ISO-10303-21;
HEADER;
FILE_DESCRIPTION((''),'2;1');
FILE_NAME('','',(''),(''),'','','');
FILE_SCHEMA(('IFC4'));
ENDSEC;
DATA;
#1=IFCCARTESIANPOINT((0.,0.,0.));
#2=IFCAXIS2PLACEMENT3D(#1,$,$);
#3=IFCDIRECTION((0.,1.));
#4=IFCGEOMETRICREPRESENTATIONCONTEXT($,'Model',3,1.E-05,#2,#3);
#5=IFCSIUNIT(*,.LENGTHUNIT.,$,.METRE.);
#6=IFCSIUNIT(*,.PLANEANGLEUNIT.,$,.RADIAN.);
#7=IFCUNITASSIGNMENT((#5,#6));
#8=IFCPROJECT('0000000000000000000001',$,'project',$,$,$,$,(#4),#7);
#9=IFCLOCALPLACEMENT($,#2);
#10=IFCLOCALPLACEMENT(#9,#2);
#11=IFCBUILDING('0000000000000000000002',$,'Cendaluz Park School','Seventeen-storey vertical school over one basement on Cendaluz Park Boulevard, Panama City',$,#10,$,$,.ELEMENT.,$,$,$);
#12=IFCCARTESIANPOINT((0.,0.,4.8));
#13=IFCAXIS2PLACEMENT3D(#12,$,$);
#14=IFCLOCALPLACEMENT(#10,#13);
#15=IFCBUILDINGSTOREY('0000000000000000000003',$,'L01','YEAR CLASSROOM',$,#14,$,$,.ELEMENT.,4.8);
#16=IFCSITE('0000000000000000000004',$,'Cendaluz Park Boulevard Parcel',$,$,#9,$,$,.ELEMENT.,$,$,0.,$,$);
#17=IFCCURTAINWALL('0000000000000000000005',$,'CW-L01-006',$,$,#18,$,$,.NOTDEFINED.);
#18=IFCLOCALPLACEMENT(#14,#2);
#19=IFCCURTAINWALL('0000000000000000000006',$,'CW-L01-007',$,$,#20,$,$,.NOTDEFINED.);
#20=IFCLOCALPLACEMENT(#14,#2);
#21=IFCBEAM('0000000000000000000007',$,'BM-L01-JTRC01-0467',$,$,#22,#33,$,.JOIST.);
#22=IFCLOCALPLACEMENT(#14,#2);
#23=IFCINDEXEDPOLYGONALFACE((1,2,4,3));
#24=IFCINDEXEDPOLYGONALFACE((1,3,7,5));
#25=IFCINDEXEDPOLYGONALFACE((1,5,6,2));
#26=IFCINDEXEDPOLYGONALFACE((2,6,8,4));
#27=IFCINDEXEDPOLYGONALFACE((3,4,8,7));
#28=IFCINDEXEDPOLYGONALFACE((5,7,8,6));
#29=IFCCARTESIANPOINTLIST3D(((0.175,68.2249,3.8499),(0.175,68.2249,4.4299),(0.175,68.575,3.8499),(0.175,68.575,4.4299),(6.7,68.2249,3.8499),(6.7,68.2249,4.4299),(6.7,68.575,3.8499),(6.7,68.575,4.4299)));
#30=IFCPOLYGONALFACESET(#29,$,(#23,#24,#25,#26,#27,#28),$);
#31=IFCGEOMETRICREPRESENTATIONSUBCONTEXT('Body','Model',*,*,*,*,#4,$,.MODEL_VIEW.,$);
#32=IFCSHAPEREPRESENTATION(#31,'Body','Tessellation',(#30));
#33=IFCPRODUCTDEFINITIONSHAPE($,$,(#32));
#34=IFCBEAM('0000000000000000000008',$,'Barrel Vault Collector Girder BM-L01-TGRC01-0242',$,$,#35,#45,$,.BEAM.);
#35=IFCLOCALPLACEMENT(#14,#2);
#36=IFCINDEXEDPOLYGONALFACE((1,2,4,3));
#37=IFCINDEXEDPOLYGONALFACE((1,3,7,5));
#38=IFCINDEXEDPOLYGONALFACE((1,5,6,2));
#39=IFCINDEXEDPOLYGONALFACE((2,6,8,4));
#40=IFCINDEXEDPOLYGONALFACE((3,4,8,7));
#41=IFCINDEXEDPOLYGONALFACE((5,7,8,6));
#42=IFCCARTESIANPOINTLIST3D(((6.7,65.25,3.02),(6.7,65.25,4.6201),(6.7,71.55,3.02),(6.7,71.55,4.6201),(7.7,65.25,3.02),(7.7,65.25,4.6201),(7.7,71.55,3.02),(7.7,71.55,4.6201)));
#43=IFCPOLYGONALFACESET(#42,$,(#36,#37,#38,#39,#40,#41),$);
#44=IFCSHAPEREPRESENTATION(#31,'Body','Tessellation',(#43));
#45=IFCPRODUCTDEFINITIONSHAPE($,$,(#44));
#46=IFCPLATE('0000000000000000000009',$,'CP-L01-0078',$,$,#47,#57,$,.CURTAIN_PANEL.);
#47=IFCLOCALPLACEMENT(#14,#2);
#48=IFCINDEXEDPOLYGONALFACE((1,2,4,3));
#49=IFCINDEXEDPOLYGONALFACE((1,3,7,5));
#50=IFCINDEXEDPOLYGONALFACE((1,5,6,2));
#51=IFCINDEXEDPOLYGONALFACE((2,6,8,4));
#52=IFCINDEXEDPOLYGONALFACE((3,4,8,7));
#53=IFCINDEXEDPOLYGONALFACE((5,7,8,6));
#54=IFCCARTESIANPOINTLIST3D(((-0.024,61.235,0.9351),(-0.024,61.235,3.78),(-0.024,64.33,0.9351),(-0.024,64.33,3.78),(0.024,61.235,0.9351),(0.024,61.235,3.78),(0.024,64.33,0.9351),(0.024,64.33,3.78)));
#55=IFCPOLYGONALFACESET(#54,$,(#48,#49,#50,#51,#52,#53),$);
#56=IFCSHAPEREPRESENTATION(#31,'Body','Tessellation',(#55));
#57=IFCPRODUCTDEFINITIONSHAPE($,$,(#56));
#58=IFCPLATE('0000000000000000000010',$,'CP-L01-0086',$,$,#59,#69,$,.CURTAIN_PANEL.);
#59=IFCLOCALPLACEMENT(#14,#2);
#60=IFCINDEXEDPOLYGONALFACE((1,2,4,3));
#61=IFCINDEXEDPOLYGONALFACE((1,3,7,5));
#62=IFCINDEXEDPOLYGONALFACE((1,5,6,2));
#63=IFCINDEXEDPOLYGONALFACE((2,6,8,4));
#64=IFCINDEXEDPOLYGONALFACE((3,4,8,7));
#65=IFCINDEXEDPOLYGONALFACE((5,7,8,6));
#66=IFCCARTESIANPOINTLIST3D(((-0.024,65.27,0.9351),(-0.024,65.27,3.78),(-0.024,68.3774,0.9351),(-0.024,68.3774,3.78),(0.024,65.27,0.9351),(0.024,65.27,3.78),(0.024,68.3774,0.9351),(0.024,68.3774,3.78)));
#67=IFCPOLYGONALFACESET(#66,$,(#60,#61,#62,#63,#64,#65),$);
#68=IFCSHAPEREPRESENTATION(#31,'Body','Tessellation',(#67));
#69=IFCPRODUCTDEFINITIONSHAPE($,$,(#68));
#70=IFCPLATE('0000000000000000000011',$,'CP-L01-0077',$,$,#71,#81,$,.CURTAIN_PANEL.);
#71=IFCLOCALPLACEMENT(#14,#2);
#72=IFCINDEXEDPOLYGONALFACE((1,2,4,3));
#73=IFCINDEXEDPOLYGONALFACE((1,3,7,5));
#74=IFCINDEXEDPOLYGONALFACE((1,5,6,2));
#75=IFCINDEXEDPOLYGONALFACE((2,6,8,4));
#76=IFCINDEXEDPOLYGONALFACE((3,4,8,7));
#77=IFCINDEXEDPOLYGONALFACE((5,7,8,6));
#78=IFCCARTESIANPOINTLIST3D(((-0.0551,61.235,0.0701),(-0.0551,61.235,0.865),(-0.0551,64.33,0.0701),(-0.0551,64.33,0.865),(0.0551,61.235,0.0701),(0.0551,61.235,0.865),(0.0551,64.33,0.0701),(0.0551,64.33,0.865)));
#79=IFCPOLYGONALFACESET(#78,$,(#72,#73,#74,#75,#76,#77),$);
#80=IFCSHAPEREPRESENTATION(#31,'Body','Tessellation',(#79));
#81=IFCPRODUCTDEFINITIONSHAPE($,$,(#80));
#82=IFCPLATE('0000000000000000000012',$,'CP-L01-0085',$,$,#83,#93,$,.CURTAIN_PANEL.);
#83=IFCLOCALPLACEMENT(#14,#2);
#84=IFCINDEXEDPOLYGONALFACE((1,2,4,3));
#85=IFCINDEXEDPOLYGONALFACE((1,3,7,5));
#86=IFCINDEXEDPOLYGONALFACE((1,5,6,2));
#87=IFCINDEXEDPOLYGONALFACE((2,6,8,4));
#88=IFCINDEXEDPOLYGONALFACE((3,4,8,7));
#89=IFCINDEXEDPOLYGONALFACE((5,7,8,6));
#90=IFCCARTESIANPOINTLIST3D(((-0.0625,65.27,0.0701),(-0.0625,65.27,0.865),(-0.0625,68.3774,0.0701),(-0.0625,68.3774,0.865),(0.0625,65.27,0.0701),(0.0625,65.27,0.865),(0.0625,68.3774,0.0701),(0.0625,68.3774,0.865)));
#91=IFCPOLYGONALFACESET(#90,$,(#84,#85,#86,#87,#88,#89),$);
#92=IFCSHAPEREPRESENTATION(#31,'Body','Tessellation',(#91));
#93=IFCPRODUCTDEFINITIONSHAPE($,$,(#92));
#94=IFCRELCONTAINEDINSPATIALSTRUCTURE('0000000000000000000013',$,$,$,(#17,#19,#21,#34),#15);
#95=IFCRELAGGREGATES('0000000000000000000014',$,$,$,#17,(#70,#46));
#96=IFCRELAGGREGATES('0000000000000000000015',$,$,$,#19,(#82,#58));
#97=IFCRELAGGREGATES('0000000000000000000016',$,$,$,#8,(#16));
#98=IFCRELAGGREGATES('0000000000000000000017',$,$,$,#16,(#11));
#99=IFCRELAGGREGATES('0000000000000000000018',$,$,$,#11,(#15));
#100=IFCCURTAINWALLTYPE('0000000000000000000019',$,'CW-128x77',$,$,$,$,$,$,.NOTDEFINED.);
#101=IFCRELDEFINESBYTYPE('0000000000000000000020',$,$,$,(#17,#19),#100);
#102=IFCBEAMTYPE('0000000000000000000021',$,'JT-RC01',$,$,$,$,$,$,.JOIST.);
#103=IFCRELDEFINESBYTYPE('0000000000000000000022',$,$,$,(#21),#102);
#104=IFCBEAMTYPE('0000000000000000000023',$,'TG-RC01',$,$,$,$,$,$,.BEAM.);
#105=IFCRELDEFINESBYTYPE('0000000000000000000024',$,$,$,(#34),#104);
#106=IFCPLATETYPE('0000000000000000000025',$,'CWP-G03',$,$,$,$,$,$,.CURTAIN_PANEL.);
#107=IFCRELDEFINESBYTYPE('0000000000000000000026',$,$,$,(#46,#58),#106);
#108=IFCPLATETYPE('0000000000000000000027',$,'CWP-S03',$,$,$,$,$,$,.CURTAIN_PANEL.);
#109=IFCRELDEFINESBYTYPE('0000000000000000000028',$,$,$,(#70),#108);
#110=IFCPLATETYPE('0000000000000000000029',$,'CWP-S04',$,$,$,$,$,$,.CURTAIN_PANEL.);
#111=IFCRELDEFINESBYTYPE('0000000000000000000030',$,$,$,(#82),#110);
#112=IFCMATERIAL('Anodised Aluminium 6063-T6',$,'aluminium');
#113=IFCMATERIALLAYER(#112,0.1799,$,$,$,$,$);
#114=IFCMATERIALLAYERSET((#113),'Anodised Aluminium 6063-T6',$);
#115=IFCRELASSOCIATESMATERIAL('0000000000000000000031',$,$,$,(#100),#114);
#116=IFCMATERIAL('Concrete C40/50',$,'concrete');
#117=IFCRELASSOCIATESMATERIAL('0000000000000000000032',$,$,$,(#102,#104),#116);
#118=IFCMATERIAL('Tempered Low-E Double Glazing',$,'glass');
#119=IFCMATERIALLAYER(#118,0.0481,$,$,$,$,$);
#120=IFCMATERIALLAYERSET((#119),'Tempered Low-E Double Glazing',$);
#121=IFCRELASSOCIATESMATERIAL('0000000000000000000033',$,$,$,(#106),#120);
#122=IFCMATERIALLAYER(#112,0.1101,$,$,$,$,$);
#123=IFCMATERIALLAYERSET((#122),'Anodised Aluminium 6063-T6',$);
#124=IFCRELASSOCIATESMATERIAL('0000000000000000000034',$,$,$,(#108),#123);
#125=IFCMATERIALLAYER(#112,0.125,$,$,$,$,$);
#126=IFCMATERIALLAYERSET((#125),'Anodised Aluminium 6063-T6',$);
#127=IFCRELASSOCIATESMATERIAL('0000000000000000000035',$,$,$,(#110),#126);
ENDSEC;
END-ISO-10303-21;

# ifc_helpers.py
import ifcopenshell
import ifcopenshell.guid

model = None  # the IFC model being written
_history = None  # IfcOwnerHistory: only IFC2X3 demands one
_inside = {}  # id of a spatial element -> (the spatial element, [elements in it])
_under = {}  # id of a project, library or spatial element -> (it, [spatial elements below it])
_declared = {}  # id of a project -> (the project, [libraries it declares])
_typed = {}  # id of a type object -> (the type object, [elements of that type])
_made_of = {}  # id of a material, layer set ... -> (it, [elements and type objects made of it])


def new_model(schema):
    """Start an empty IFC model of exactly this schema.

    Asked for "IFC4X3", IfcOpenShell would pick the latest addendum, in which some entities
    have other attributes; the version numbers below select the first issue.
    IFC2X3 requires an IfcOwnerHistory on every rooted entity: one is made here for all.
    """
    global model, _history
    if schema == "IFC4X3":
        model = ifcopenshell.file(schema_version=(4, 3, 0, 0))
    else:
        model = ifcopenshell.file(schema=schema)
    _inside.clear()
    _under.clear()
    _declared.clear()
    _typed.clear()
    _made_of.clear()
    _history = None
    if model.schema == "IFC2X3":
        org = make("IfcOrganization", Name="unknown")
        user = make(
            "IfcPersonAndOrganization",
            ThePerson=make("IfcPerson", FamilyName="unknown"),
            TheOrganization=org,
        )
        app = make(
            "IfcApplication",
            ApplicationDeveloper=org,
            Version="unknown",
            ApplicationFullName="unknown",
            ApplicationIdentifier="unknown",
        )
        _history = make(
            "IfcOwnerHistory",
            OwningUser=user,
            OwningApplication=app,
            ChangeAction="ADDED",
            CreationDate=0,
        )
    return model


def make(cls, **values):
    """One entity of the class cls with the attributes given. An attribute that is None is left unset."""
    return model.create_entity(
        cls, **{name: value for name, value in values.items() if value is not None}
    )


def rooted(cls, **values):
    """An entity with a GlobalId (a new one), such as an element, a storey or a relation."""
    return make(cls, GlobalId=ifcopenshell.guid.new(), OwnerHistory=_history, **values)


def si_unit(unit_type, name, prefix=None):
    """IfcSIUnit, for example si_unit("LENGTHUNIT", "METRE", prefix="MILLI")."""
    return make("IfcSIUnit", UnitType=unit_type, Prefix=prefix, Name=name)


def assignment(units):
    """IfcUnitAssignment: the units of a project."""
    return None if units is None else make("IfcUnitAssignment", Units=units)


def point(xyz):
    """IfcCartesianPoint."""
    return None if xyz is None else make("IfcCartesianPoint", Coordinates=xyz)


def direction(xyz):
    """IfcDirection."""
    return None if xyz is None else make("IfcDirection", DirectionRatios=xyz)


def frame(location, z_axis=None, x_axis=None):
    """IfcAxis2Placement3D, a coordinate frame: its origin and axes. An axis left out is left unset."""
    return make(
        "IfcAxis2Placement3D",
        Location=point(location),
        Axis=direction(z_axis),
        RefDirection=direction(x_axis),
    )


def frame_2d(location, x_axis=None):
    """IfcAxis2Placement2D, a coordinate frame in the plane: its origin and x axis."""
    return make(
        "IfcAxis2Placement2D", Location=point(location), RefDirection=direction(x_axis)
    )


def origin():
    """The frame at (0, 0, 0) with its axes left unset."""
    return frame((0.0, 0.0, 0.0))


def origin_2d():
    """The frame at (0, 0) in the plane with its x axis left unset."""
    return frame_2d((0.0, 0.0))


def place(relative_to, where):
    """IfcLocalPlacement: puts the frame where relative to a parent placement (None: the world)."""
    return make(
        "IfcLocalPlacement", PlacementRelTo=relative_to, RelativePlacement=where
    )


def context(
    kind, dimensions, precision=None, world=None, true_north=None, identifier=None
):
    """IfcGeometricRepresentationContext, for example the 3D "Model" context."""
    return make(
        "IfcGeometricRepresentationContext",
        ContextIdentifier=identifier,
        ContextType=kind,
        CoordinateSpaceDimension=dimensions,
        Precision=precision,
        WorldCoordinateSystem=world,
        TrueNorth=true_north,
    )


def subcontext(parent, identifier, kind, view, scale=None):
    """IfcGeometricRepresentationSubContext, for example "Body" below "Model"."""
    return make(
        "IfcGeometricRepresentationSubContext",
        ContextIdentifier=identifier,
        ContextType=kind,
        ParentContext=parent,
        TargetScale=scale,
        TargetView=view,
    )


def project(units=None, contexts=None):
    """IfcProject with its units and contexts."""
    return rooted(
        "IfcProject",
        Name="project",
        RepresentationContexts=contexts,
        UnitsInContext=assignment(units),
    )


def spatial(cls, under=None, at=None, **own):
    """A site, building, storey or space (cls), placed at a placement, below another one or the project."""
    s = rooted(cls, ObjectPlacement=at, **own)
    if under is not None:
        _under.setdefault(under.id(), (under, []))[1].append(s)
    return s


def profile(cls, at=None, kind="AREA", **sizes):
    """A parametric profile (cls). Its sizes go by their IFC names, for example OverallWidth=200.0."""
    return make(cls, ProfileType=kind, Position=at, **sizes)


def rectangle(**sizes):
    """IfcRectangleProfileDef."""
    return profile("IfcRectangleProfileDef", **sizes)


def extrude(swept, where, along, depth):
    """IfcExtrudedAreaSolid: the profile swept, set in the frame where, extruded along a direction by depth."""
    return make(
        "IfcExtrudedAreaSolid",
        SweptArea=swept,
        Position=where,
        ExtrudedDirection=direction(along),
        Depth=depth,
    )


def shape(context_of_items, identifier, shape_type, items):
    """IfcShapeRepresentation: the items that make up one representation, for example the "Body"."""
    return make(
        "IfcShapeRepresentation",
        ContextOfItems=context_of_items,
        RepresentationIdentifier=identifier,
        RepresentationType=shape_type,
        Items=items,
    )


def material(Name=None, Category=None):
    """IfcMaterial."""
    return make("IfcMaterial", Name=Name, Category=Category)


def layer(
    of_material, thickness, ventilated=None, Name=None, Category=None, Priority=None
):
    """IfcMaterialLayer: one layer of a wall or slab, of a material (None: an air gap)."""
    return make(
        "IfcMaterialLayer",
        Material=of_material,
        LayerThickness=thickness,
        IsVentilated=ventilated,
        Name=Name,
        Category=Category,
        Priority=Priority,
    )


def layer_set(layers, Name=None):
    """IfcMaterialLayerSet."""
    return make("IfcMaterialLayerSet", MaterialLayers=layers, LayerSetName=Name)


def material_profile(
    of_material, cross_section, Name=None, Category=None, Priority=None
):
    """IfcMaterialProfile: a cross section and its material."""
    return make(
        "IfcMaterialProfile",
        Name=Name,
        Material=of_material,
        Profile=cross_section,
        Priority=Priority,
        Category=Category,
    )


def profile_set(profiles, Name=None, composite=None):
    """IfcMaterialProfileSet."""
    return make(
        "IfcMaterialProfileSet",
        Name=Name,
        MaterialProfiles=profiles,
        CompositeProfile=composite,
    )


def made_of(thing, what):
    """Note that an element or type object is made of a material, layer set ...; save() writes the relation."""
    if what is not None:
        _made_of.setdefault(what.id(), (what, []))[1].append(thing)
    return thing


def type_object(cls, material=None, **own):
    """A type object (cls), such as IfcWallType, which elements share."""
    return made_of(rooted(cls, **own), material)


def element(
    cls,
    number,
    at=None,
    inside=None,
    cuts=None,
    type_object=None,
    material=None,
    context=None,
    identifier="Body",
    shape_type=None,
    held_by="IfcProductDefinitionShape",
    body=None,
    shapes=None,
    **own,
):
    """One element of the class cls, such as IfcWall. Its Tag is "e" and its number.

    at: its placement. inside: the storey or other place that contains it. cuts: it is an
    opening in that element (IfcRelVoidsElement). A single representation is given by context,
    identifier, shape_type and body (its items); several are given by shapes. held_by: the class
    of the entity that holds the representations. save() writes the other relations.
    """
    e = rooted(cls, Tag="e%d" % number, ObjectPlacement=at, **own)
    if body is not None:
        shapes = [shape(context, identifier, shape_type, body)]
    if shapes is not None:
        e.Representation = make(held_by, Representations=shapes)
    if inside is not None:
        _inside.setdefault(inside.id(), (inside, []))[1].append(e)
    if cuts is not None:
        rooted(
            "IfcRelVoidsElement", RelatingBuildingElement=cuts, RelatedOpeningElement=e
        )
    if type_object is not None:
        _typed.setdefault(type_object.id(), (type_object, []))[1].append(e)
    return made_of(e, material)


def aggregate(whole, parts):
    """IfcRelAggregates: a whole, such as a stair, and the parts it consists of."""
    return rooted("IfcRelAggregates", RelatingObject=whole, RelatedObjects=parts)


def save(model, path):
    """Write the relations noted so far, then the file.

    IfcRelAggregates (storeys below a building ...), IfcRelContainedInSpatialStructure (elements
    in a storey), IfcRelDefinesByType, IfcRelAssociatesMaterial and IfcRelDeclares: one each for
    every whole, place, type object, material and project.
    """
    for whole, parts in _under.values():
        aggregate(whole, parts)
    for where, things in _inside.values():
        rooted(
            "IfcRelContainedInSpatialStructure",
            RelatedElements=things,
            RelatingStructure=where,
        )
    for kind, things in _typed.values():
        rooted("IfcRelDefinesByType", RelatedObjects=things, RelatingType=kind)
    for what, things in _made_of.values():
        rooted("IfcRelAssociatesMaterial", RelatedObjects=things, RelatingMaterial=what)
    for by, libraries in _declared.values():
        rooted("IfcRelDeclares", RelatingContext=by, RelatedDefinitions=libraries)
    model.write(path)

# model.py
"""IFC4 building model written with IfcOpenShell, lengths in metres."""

from ifc_helpers import new_model, si_unit, direction, frame, origin, origin_2d, place, context, subcontext, project, spatial, rectangle, extrude, material, layer, layer_set, material_profile, profile_set, type_object, element, aggregate, save


model = new_model("IFC4")

# Units and contexts
model_context = context("Model", 3, precision=1e-05, world=origin(), true_north=direction((0.0, 1.0)))
body_context = subcontext(model_context, "Body", "Model", "MODEL_VIEW")
ifc_project = project(units=[si_unit("LENGTHUNIT", "METRE"), si_unit("PLANEANGLEUNIT", "RADIAN")], contexts=[model_context])

# Site, building, storey
site_placement = place(None, origin())
site = spatial("IfcSite", under=ifc_project, at=site_placement, Name="Cendaluz Park Boulevard Parcel", CompositionType="ELEMENT", RefElevation=0.0)
building_placement = place(site_placement, origin())
building = spatial("IfcBuilding", under=site, at=building_placement, Name="Cendaluz Park School", Description="Seventeen-storey vertical school over one basement on Cendaluz Park Boulevard, Panama City", CompositionType="ELEMENT")
storey_placement = place(building_placement, frame((0.0, 0.0, 4.8)))
storey = spatial("IfcBuildingStorey", under=building, at=storey_placement, Name="L01", Description="YEAR CLASSROOM", CompositionType="ELEMENT", Elevation=4.8)

# Shared definitions
ifc_material_1 = material(Name="Concrete C40/50", Category="concrete")

# Curtain wall
ifc_material_2 = material(Name="Anodised Aluminium 6063-T6", Category="aluminium")
ifc_layer_1 = layer(ifc_material_2, 0.1799)
ifc_layer_set_1 = layer_set([ifc_layer_1], Name="Anodised Aluminium 6063-T6")
curtain_wall_type = type_object("IfcCurtainWallType", Name="CW-128x77", PredefinedType="NOTDEFINED", material=ifc_layer_set_1)
curtain_wall_1_placement = place(storey_placement, origin())
curtain_wall_1 = element("IfcCurtainWall", 1, at=curtain_wall_1_placement, inside=storey, type_object=curtain_wall_type, Name="CW-L01-006", PredefinedType="NOTDEFINED")

# Curtain wall
curtain_wall_2_placement = place(storey_placement, origin())
curtain_wall_2 = element("IfcCurtainWall", 2, at=curtain_wall_2_placement, inside=storey, type_object=curtain_wall_type, Name="CW-L01-007", PredefinedType="NOTDEFINED")

# Beams
ifc_material_profile_1 = material_profile(ifc_material_1, rectangle(XDim=0.3501, YDim=0.5801, at=origin_2d()), Name="RC 350x580", Category="concrete")
ifc_profile_set_1 = profile_set([ifc_material_profile_1], Name="Concrete C40/50")
beam_type_1 = type_object("IfcBeamType", Name="JT-RC01", PredefinedType="JOIST", material=ifc_profile_set_1)
beam_1_placement = place(storey_placement, frame((0.175, 68.3999, 4.1399), z_axis=(1.0, 0.0, 0.0), x_axis=(0.0, 1.0, 0.0)))
element("IfcBeam", 3, at=beam_1_placement, inside=storey, type_object=beam_type_1, Name="BM-L01-JTRC01-0467", PredefinedType="JOIST", context=body_context, shape_type="SweptSolid", body=[
    extrude(rectangle(XDim=0.3501, YDim=0.5801, at=origin_2d()), origin(), (0.0, 0.0, 1.0), 6.5249),
])
ifc_material_profile_2 = material_profile(ifc_material_1, rectangle(XDim=1.0, YDim=1.6001, at=origin_2d()), Name="RC 1000x1600", Category="concrete")
ifc_profile_set_2 = profile_set([ifc_material_profile_2], Name="Concrete C40/50")
beam_type_2 = type_object("IfcBeamType", Name="TG-RC01", PredefinedType="BEAM", material=ifc_profile_set_2)
beam_2_placement = place(storey_placement, frame((7.2, 65.25, 3.8201), z_axis=(0.0, 1.0, 0.0), x_axis=(-1.0, 0.0, 0.0)))
element("IfcBeam", 4, at=beam_2_placement, inside=storey, type_object=beam_type_2, Name="Barrel Vault Collector Girder BM-L01-TGRC01-0242", PredefinedType="BEAM", context=body_context, shape_type="SweptSolid", body=[
    extrude(rectangle(XDim=1.0, YDim=1.6001, at=origin_2d()), origin(), (0.0, 0.0, 1.0), 6.3),
])

# Plates
ifc_material_3 = material(Name="Tempered Low-E Double Glazing", Category="glass")
ifc_layer_2 = layer(ifc_material_3, 0.0481)
ifc_layer_set_2 = layer_set([ifc_layer_2], Name="Tempered Low-E Double Glazing")
plate_type_1 = type_object("IfcPlateType", Name="CWP-G03", PredefinedType="CURTAIN_PANEL", material=ifc_layer_set_2)
plate_1_placement = place(storey_placement, frame((0.0, 62.7825, 0.9351), z_axis=(0.0, 0.0, 1.0), x_axis=(0.0, 1.0, 0.0)))
plate_1 = element("IfcPlate", 5, at=plate_1_placement, type_object=plate_type_1, Name="CP-L01-0078", PredefinedType="CURTAIN_PANEL", context=body_context, shape_type="SweptSolid", body=[
    extrude(rectangle(XDim=3.095, YDim=0.0481, at=origin_2d()), origin(), (0.0, 0.0, 1.0), 2.845),
])
plate_2_placement = place(storey_placement, frame((0.0, 66.8237, 0.9351), z_axis=(0.0, 0.0, 1.0), x_axis=(0.0, 1.0, 0.0)))
plate_2 = element("IfcPlate", 6, at=plate_2_placement, type_object=plate_type_1, Name="CP-L01-0086", PredefinedType="CURTAIN_PANEL", context=body_context, shape_type="SweptSolid", body=[
    extrude(rectangle(XDim=3.1074, YDim=0.0481, at=origin_2d()), origin(), (0.0, 0.0, 1.0), 2.845),
])
ifc_layer_3 = layer(ifc_material_2, 0.1101)
ifc_layer_set_3 = layer_set([ifc_layer_3], Name="Anodised Aluminium 6063-T6")
plate_type_2 = type_object("IfcPlateType", Name="CWP-S03", PredefinedType="CURTAIN_PANEL", material=ifc_layer_set_3)
plate_3_placement = place(storey_placement, frame((0.0, 62.7825, 0.0701), z_axis=(0.0, 0.0, 1.0), x_axis=(0.0, 1.0, 0.0)))
plate_3 = element("IfcPlate", 7, at=plate_3_placement, type_object=plate_type_2, Name="CP-L01-0077", PredefinedType="CURTAIN_PANEL", context=body_context, shape_type="SweptSolid", body=[
    extrude(rectangle(XDim=3.095, YDim=0.1101, at=origin_2d()), origin(), (0.0, 0.0, 1.0), 0.7949),
])
aggregate(curtain_wall_1, [plate_3, plate_1])
ifc_layer_4 = layer(ifc_material_2, 0.125)
ifc_layer_set_4 = layer_set([ifc_layer_4], Name="Anodised Aluminium 6063-T6")
plate_type_3 = type_object("IfcPlateType", Name="CWP-S04", PredefinedType="CURTAIN_PANEL", material=ifc_layer_set_4)
plate_4_placement = place(storey_placement, frame((0.0, 66.8237, 0.0701), z_axis=(0.0, 0.0, 1.0), x_axis=(0.0, 1.0, 0.0)))
plate_4 = element("IfcPlate", 8, at=plate_4_placement, type_object=plate_type_3, Name="CP-L01-0085", PredefinedType="CURTAIN_PANEL", context=body_context, shape_type="SweptSolid", body=[
    extrude(rectangle(XDim=3.1074, YDim=0.125, at=origin_2d()), origin(), (0.0, 0.0, 1.0), 0.7949),
])
aggregate(curtain_wall_2, [plate_4, plate_2])

save(model, "model.ifc")
